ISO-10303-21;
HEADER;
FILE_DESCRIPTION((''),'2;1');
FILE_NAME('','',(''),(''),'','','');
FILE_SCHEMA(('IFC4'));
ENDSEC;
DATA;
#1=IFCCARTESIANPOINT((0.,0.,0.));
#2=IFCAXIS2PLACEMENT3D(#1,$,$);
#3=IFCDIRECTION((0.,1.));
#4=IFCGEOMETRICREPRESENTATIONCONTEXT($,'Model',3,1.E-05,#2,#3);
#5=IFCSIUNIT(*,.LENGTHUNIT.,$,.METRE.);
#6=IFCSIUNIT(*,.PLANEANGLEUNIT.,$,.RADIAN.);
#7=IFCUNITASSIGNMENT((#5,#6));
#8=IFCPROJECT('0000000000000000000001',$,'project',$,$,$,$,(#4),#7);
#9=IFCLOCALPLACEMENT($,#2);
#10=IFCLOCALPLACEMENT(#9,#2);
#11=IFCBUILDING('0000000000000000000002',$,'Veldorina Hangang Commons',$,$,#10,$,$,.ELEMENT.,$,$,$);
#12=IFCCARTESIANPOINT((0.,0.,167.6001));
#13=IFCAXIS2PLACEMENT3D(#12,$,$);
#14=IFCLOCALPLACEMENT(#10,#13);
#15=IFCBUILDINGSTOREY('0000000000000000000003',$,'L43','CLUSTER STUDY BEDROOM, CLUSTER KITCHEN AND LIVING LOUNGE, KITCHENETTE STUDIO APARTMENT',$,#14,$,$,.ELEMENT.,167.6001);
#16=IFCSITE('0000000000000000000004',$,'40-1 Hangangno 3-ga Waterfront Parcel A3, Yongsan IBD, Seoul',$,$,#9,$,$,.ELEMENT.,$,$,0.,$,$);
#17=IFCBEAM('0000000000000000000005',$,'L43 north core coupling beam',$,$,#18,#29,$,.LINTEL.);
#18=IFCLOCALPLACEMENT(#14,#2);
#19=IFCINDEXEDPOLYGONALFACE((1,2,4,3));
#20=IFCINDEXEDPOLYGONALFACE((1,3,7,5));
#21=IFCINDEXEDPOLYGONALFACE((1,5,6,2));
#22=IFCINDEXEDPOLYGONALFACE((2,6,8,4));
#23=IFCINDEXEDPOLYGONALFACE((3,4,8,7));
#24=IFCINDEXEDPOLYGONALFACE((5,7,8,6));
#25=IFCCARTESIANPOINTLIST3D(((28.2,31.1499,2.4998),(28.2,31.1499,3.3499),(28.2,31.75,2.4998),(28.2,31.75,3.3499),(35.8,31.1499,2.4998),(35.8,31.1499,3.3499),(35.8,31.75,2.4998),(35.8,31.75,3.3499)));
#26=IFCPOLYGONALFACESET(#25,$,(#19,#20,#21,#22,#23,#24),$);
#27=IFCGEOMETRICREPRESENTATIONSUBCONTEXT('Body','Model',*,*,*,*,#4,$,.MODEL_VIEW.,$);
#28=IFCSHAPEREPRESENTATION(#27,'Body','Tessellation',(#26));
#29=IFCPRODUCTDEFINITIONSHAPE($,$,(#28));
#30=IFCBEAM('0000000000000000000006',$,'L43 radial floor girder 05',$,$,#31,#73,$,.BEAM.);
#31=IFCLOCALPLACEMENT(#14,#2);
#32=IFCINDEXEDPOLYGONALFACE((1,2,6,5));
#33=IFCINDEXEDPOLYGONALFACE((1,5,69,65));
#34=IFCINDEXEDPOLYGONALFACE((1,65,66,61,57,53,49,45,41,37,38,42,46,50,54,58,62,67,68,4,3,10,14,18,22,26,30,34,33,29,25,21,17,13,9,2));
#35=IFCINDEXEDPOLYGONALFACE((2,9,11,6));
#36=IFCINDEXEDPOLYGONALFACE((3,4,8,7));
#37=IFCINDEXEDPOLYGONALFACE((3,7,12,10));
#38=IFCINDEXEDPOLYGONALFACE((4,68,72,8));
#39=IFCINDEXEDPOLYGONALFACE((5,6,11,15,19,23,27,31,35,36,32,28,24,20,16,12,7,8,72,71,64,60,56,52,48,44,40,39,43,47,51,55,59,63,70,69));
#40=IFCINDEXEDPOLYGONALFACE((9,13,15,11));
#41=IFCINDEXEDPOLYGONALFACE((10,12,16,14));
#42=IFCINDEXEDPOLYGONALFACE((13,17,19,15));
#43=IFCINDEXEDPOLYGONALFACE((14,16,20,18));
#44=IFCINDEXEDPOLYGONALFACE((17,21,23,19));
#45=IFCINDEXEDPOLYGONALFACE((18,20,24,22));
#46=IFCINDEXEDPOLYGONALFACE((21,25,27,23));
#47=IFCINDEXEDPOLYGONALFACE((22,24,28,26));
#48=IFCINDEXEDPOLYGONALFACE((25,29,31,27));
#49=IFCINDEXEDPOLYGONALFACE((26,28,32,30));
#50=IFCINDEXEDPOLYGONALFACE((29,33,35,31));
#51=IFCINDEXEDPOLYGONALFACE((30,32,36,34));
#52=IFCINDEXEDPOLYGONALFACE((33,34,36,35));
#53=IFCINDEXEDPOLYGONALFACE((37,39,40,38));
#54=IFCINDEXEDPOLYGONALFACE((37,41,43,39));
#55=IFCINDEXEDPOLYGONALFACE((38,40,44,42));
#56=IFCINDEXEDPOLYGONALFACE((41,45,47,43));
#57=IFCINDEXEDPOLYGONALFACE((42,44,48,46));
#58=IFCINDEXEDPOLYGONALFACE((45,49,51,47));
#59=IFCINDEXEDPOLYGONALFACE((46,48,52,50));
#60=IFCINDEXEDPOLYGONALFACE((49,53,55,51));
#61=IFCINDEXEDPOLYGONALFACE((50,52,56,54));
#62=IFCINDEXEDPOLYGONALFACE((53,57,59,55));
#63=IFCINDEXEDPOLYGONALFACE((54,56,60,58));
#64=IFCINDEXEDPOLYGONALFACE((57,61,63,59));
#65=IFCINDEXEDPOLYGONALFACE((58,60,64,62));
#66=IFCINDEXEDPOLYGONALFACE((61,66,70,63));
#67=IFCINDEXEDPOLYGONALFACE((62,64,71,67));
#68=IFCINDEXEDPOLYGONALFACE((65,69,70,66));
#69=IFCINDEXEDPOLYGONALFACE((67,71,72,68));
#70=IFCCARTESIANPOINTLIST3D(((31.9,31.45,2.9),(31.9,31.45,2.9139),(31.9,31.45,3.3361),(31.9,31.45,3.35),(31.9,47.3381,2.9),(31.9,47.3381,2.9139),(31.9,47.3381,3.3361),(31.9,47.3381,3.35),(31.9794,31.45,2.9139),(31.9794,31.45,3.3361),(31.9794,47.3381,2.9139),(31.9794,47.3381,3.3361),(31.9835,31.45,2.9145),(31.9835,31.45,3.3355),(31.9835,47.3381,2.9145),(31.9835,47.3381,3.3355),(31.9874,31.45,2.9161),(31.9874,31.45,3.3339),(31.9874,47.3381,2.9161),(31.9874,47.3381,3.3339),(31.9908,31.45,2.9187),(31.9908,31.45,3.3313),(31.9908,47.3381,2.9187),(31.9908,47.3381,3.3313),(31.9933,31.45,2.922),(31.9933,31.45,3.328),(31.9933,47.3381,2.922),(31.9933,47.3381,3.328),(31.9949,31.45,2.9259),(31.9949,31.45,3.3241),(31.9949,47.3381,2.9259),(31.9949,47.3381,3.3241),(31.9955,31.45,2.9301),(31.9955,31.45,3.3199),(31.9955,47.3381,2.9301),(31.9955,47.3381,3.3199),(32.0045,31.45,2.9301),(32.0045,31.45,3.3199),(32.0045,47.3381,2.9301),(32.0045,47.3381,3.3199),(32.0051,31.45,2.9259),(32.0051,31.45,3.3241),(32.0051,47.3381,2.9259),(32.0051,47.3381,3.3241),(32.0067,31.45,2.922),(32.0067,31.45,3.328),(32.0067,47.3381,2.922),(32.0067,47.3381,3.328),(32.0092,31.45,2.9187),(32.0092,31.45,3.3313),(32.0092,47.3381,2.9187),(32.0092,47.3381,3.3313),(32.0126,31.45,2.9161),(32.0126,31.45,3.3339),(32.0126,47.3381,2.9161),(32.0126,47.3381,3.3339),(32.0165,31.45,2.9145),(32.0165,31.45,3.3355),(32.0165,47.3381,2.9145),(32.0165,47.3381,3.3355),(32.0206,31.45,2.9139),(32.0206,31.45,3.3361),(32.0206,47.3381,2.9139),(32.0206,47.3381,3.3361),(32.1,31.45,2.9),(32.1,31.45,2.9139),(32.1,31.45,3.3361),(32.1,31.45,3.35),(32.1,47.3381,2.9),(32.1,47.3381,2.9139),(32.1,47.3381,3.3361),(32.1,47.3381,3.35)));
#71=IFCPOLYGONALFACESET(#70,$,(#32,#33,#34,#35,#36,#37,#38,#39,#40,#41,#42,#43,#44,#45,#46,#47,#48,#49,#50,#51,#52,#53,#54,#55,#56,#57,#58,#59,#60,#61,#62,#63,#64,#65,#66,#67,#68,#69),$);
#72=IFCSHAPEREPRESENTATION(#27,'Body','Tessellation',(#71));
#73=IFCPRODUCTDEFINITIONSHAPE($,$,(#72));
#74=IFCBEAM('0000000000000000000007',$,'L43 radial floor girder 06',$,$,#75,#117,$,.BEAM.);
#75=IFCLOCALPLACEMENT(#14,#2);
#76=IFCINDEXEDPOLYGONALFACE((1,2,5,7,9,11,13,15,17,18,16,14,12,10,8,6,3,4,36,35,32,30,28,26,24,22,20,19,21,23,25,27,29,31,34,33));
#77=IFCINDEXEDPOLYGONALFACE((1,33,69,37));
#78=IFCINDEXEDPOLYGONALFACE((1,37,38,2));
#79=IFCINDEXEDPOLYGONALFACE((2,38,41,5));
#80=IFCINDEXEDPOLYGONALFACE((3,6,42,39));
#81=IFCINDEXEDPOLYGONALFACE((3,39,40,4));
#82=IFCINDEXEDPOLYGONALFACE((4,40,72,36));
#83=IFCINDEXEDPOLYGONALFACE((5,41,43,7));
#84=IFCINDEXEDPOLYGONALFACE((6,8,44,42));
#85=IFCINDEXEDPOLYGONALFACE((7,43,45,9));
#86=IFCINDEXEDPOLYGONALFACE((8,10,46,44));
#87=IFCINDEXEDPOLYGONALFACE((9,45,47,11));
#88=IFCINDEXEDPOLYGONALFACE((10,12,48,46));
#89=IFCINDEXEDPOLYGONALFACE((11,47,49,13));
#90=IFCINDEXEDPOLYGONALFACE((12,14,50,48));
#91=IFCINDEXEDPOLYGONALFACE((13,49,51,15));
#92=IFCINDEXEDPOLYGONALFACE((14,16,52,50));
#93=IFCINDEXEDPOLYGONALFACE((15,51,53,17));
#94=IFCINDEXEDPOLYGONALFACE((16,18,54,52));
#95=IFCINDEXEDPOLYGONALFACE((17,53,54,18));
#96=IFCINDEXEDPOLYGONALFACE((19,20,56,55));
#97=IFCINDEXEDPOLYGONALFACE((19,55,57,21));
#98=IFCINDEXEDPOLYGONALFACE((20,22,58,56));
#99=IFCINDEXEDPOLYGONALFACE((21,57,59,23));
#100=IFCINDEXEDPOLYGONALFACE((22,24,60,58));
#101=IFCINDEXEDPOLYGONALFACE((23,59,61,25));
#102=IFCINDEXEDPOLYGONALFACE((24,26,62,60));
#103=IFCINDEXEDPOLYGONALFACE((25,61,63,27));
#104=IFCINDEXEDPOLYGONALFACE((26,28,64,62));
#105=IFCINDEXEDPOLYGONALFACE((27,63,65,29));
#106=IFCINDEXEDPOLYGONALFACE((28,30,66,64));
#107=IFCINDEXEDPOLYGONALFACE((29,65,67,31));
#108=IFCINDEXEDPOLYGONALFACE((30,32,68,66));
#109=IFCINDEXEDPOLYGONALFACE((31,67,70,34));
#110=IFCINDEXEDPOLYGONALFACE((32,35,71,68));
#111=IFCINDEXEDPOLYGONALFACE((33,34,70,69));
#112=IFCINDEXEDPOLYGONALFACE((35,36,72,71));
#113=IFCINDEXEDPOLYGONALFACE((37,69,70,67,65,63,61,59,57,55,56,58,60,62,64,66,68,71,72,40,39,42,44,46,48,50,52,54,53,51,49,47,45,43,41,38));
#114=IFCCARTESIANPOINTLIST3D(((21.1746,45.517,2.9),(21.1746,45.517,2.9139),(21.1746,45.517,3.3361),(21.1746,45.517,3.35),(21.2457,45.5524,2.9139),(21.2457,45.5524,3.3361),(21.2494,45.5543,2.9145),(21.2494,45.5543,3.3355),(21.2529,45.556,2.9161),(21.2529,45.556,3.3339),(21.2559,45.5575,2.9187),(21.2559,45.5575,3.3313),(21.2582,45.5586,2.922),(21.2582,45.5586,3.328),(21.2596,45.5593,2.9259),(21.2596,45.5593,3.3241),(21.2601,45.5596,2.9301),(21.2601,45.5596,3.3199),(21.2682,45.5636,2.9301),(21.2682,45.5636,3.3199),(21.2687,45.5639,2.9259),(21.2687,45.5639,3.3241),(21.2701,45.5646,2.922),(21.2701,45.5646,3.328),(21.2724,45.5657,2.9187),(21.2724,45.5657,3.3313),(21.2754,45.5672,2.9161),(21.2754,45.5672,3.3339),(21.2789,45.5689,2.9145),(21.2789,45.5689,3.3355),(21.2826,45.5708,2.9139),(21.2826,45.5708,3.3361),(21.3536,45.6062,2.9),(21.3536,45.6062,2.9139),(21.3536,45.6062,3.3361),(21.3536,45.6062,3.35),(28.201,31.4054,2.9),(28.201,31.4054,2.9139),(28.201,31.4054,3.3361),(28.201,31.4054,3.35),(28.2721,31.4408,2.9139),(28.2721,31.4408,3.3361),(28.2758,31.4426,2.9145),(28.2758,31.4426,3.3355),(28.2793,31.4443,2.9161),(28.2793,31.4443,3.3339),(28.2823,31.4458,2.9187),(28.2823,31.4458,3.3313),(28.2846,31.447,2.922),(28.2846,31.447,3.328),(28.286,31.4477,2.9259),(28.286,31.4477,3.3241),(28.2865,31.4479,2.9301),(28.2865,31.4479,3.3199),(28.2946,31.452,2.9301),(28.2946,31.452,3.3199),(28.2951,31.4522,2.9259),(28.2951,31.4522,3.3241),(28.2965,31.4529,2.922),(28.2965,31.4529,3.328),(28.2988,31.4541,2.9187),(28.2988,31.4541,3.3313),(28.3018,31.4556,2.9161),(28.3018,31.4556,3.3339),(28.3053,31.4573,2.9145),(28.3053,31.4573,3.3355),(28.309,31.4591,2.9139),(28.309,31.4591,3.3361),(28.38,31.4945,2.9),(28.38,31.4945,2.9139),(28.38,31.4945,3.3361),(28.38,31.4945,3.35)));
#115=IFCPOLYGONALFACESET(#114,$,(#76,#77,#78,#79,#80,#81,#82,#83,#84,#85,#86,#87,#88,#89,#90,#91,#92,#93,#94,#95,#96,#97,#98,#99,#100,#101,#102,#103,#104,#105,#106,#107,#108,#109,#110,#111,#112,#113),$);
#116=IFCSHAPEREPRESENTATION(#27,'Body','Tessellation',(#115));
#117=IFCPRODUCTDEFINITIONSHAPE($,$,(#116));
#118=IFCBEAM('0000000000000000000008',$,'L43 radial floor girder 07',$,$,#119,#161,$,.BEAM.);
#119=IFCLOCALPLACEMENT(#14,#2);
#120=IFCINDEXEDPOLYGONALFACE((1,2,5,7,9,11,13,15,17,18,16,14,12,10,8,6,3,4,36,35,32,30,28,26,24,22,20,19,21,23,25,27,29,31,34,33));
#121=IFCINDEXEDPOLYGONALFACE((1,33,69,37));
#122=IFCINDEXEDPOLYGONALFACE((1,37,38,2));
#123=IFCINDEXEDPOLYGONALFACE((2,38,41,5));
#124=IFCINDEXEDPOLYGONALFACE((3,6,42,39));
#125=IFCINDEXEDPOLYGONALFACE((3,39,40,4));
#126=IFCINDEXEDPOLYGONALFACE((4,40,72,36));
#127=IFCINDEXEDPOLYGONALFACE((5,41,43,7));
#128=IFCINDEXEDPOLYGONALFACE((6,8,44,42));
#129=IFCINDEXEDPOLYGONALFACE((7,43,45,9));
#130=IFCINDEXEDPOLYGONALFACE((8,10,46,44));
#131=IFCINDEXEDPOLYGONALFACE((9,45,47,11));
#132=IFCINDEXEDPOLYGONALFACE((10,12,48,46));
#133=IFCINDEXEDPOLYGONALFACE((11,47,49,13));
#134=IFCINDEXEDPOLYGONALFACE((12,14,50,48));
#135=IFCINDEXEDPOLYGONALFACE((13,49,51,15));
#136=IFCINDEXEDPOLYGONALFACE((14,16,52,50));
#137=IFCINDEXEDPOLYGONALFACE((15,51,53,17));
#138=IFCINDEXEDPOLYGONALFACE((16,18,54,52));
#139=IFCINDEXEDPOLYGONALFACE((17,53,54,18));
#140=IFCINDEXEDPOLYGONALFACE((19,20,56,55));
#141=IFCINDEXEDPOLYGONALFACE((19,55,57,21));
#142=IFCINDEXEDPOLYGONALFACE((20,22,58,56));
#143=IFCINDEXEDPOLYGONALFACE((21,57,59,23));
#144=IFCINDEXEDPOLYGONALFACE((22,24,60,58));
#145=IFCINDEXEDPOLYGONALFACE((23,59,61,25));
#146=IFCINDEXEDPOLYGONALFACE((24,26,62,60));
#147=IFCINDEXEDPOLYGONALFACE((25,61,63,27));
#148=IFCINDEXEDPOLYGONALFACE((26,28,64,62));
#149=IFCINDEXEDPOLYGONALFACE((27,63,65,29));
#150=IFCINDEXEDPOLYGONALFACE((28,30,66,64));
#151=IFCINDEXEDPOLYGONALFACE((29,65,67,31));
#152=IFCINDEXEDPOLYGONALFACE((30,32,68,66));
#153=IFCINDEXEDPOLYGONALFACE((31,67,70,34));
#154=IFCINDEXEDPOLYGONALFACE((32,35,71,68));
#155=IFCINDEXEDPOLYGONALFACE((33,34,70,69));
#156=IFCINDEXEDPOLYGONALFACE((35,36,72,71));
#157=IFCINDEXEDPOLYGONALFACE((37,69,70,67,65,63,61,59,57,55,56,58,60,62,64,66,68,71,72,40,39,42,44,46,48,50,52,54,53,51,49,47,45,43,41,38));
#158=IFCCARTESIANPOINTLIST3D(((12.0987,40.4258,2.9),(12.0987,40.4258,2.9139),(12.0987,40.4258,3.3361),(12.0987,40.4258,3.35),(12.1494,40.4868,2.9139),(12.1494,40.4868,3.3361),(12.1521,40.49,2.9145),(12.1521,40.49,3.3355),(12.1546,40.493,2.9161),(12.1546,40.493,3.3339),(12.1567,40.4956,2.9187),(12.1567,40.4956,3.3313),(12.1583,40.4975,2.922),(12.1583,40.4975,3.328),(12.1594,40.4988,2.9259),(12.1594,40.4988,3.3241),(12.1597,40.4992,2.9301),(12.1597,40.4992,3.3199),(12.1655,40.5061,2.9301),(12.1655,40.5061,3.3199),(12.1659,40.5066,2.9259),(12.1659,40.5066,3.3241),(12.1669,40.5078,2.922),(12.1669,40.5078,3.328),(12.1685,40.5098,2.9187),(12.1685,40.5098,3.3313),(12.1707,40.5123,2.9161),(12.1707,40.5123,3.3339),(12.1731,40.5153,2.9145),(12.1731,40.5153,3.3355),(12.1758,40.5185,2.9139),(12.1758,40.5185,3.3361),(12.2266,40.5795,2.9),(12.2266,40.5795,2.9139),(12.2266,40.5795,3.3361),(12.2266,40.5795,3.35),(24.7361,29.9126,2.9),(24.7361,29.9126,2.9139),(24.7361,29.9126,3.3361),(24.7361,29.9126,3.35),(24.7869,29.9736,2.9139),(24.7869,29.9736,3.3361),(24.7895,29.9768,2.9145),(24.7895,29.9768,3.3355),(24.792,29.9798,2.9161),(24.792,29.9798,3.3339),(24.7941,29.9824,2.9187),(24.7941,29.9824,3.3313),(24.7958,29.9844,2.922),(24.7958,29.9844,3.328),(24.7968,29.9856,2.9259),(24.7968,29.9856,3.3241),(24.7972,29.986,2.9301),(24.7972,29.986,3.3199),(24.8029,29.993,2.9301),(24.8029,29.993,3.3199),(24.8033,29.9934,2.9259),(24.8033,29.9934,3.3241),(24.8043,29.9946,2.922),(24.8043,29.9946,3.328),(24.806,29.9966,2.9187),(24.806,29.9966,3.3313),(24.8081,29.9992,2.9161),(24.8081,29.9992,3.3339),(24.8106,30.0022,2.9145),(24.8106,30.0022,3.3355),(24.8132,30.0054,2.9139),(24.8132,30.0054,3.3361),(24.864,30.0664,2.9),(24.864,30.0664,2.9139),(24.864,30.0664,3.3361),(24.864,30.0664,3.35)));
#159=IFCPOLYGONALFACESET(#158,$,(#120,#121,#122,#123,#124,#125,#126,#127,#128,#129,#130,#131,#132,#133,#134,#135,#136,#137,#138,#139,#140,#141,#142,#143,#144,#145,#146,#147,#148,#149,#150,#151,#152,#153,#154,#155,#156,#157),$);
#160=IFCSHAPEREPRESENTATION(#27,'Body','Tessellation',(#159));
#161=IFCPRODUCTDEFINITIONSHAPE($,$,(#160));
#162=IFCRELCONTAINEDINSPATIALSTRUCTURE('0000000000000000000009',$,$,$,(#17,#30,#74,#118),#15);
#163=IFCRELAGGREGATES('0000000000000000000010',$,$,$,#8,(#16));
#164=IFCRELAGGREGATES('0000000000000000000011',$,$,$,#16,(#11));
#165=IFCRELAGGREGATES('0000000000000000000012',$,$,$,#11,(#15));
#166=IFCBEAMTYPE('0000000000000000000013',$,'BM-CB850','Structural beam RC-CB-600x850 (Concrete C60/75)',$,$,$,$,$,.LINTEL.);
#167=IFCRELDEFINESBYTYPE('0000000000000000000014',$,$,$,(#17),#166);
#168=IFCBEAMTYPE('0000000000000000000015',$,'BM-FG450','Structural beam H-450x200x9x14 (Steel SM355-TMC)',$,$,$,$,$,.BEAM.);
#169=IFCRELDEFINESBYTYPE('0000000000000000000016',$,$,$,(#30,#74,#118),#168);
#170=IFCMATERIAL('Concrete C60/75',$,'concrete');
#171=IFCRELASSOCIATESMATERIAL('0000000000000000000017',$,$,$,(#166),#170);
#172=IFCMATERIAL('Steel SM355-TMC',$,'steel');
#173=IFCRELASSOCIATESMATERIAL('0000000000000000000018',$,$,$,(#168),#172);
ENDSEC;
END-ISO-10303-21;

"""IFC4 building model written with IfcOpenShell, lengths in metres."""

from ifc_helpers import new_model, si_unit, direction, frame, origin, origin_2d, place, context, subcontext, project, spatial, rectangle, i_section, extrude, material, material_profile, profile_set, type_object, element, save


model = new_model("IFC4")

# Units and contexts
model_context = context("Model", 3, precision=1e-05, world=origin(), true_north=direction((0.0, 1.0)))
body_context = subcontext(model_context, "Body", "Model", "MODEL_VIEW")
ifc_project = project(units=[si_unit("LENGTHUNIT", "METRE"), si_unit("PLANEANGLEUNIT", "RADIAN")], contexts=[model_context])

# Site, building, storey
site_placement = place(None, origin())
site = spatial("IfcSite", under=ifc_project, at=site_placement, Name="40-1 Hangangno 3-ga Waterfront Parcel A3, Yongsan IBD, Seoul", CompositionType="ELEMENT", RefElevation=0.0)
building_placement = place(site_placement, origin())
building = spatial("IfcBuilding", under=site, at=building_placement, Name="Veldorina Hangang Commons", CompositionType="ELEMENT")
storey_placement = place(building_placement, frame((0.0, 0.0, 167.6001)))
storey = spatial("IfcBuildingStorey", under=building, at=storey_placement, Name="L43", Description="CLUSTER STUDY BEDROOM, CLUSTER KITCHEN AND LIVING LOUNGE, KITCHENETTE STUDIO APARTMENT", CompositionType="ELEMENT", Elevation=167.6001)

# Beams
ifc_material_1 = material(Name="Concrete C60/75", Category="concrete")
ifc_material_profile_1 = material_profile(ifc_material_1, rectangle(XDim=0.6001, YDim=0.8501, at=origin_2d()), Name="RC-CB-600x850")
ifc_profile_set_1 = profile_set([ifc_material_profile_1], Name="Concrete C60/75")
beam_type_1 = type_object("IfcBeamType", Name="BM-CB850", Description="Structural beam RC-CB-600x850 (Concrete C60/75)", PredefinedType="LINTEL", material=ifc_profile_set_1)
beam_1_placement = place(storey_placement, frame((28.2, 31.45, 2.9248), z_axis=(1.0, 0.0, 0.0), x_axis=(0.0, 1.0, 0.0)))
element("IfcBeam", 1, at=beam_1_placement, inside=storey, type_object=beam_type_1, Name="L43 north core coupling beam", PredefinedType="LINTEL", context=body_context, shape_type="SweptSolid", body=[
    extrude(rectangle(XDim=0.6001, YDim=0.8501, at=origin_2d()), origin(), (0.0, 0.0, 1.0), 7.6001),
])
ifc_material_2 = material(Name="Steel SM355-TMC", Category="steel")
ifc_material_profile_2 = material_profile(ifc_material_2, i_section(OverallWidth=0.2, OverallDepth=0.45, WebThickness=0.009, FlangeThickness=0.0139, FilletRadius=0.0161, at=origin_2d()), Name="H-450x200x9x14")
ifc_profile_set_2 = profile_set([ifc_material_profile_2], Name="Steel SM355-TMC")
beam_type_2 = type_object("IfcBeamType", Name="BM-FG450", Description="Structural beam H-450x200x9x14 (Steel SM355-TMC)", PredefinedType="BEAM", material=ifc_profile_set_2)
beam_2_placement = place(storey_placement, frame((32.0, 31.45, 3.125), z_axis=(0.0, 1.0, 0.0), x_axis=(-1.0, 0.0, 0.0)))
element("IfcBeam", 2, at=beam_2_placement, inside=storey, type_object=beam_type_2, Name="L43 radial floor girder 05", PredefinedType="BEAM", context=body_context, shape_type="SweptSolid", body=[
    extrude(i_section(OverallWidth=0.2, OverallDepth=0.45, WebThickness=0.009, FlangeThickness=0.0139, FilletRadius=0.0161, at=origin_2d()), origin(), (0.0, 0.0, 1.0), 15.8882),
])
beam_3_placement = place(storey_placement, frame((28.2905, 31.45, 3.125), z_axis=(-0.44572, 0.895172, 0.0), x_axis=(-0.895172, -0.44572, 0.0)))
element("IfcBeam", 3, at=beam_3_placement, inside=storey, type_object=beam_type_2, Name="L43 radial floor girder 06", PredefinedType="BEAM", context=body_context, shape_type="SweptSolid", body=[
    extrude(i_section(OverallWidth=0.2, OverallDepth=0.45, WebThickness=0.009, FlangeThickness=0.0139, FilletRadius=0.0161, at=origin_2d()), origin(), (0.0, 0.0, 1.0), 15.7642),
])
beam_4_placement = place(storey_placement, frame((24.8, 29.9895, 3.125), z_axis=(-0.76876, 0.639537, 0.0), x_axis=(-0.639537, -0.76876, 0.0)))
element("IfcBeam", 4, at=beam_4_placement, inside=storey, type_object=beam_type_2, Name="L43 radial floor girder 07", PredefinedType="BEAM", context=body_context, shape_type="SweptSolid", body=[
    extrude(i_section(OverallWidth=0.2, OverallDepth=0.45, WebThickness=0.009, FlangeThickness=0.0139, FilletRadius=0.0161, at=origin_2d()), origin(), (0.0, 0.0, 1.0), 16.4387),
])

save(model, "model.ifc")
